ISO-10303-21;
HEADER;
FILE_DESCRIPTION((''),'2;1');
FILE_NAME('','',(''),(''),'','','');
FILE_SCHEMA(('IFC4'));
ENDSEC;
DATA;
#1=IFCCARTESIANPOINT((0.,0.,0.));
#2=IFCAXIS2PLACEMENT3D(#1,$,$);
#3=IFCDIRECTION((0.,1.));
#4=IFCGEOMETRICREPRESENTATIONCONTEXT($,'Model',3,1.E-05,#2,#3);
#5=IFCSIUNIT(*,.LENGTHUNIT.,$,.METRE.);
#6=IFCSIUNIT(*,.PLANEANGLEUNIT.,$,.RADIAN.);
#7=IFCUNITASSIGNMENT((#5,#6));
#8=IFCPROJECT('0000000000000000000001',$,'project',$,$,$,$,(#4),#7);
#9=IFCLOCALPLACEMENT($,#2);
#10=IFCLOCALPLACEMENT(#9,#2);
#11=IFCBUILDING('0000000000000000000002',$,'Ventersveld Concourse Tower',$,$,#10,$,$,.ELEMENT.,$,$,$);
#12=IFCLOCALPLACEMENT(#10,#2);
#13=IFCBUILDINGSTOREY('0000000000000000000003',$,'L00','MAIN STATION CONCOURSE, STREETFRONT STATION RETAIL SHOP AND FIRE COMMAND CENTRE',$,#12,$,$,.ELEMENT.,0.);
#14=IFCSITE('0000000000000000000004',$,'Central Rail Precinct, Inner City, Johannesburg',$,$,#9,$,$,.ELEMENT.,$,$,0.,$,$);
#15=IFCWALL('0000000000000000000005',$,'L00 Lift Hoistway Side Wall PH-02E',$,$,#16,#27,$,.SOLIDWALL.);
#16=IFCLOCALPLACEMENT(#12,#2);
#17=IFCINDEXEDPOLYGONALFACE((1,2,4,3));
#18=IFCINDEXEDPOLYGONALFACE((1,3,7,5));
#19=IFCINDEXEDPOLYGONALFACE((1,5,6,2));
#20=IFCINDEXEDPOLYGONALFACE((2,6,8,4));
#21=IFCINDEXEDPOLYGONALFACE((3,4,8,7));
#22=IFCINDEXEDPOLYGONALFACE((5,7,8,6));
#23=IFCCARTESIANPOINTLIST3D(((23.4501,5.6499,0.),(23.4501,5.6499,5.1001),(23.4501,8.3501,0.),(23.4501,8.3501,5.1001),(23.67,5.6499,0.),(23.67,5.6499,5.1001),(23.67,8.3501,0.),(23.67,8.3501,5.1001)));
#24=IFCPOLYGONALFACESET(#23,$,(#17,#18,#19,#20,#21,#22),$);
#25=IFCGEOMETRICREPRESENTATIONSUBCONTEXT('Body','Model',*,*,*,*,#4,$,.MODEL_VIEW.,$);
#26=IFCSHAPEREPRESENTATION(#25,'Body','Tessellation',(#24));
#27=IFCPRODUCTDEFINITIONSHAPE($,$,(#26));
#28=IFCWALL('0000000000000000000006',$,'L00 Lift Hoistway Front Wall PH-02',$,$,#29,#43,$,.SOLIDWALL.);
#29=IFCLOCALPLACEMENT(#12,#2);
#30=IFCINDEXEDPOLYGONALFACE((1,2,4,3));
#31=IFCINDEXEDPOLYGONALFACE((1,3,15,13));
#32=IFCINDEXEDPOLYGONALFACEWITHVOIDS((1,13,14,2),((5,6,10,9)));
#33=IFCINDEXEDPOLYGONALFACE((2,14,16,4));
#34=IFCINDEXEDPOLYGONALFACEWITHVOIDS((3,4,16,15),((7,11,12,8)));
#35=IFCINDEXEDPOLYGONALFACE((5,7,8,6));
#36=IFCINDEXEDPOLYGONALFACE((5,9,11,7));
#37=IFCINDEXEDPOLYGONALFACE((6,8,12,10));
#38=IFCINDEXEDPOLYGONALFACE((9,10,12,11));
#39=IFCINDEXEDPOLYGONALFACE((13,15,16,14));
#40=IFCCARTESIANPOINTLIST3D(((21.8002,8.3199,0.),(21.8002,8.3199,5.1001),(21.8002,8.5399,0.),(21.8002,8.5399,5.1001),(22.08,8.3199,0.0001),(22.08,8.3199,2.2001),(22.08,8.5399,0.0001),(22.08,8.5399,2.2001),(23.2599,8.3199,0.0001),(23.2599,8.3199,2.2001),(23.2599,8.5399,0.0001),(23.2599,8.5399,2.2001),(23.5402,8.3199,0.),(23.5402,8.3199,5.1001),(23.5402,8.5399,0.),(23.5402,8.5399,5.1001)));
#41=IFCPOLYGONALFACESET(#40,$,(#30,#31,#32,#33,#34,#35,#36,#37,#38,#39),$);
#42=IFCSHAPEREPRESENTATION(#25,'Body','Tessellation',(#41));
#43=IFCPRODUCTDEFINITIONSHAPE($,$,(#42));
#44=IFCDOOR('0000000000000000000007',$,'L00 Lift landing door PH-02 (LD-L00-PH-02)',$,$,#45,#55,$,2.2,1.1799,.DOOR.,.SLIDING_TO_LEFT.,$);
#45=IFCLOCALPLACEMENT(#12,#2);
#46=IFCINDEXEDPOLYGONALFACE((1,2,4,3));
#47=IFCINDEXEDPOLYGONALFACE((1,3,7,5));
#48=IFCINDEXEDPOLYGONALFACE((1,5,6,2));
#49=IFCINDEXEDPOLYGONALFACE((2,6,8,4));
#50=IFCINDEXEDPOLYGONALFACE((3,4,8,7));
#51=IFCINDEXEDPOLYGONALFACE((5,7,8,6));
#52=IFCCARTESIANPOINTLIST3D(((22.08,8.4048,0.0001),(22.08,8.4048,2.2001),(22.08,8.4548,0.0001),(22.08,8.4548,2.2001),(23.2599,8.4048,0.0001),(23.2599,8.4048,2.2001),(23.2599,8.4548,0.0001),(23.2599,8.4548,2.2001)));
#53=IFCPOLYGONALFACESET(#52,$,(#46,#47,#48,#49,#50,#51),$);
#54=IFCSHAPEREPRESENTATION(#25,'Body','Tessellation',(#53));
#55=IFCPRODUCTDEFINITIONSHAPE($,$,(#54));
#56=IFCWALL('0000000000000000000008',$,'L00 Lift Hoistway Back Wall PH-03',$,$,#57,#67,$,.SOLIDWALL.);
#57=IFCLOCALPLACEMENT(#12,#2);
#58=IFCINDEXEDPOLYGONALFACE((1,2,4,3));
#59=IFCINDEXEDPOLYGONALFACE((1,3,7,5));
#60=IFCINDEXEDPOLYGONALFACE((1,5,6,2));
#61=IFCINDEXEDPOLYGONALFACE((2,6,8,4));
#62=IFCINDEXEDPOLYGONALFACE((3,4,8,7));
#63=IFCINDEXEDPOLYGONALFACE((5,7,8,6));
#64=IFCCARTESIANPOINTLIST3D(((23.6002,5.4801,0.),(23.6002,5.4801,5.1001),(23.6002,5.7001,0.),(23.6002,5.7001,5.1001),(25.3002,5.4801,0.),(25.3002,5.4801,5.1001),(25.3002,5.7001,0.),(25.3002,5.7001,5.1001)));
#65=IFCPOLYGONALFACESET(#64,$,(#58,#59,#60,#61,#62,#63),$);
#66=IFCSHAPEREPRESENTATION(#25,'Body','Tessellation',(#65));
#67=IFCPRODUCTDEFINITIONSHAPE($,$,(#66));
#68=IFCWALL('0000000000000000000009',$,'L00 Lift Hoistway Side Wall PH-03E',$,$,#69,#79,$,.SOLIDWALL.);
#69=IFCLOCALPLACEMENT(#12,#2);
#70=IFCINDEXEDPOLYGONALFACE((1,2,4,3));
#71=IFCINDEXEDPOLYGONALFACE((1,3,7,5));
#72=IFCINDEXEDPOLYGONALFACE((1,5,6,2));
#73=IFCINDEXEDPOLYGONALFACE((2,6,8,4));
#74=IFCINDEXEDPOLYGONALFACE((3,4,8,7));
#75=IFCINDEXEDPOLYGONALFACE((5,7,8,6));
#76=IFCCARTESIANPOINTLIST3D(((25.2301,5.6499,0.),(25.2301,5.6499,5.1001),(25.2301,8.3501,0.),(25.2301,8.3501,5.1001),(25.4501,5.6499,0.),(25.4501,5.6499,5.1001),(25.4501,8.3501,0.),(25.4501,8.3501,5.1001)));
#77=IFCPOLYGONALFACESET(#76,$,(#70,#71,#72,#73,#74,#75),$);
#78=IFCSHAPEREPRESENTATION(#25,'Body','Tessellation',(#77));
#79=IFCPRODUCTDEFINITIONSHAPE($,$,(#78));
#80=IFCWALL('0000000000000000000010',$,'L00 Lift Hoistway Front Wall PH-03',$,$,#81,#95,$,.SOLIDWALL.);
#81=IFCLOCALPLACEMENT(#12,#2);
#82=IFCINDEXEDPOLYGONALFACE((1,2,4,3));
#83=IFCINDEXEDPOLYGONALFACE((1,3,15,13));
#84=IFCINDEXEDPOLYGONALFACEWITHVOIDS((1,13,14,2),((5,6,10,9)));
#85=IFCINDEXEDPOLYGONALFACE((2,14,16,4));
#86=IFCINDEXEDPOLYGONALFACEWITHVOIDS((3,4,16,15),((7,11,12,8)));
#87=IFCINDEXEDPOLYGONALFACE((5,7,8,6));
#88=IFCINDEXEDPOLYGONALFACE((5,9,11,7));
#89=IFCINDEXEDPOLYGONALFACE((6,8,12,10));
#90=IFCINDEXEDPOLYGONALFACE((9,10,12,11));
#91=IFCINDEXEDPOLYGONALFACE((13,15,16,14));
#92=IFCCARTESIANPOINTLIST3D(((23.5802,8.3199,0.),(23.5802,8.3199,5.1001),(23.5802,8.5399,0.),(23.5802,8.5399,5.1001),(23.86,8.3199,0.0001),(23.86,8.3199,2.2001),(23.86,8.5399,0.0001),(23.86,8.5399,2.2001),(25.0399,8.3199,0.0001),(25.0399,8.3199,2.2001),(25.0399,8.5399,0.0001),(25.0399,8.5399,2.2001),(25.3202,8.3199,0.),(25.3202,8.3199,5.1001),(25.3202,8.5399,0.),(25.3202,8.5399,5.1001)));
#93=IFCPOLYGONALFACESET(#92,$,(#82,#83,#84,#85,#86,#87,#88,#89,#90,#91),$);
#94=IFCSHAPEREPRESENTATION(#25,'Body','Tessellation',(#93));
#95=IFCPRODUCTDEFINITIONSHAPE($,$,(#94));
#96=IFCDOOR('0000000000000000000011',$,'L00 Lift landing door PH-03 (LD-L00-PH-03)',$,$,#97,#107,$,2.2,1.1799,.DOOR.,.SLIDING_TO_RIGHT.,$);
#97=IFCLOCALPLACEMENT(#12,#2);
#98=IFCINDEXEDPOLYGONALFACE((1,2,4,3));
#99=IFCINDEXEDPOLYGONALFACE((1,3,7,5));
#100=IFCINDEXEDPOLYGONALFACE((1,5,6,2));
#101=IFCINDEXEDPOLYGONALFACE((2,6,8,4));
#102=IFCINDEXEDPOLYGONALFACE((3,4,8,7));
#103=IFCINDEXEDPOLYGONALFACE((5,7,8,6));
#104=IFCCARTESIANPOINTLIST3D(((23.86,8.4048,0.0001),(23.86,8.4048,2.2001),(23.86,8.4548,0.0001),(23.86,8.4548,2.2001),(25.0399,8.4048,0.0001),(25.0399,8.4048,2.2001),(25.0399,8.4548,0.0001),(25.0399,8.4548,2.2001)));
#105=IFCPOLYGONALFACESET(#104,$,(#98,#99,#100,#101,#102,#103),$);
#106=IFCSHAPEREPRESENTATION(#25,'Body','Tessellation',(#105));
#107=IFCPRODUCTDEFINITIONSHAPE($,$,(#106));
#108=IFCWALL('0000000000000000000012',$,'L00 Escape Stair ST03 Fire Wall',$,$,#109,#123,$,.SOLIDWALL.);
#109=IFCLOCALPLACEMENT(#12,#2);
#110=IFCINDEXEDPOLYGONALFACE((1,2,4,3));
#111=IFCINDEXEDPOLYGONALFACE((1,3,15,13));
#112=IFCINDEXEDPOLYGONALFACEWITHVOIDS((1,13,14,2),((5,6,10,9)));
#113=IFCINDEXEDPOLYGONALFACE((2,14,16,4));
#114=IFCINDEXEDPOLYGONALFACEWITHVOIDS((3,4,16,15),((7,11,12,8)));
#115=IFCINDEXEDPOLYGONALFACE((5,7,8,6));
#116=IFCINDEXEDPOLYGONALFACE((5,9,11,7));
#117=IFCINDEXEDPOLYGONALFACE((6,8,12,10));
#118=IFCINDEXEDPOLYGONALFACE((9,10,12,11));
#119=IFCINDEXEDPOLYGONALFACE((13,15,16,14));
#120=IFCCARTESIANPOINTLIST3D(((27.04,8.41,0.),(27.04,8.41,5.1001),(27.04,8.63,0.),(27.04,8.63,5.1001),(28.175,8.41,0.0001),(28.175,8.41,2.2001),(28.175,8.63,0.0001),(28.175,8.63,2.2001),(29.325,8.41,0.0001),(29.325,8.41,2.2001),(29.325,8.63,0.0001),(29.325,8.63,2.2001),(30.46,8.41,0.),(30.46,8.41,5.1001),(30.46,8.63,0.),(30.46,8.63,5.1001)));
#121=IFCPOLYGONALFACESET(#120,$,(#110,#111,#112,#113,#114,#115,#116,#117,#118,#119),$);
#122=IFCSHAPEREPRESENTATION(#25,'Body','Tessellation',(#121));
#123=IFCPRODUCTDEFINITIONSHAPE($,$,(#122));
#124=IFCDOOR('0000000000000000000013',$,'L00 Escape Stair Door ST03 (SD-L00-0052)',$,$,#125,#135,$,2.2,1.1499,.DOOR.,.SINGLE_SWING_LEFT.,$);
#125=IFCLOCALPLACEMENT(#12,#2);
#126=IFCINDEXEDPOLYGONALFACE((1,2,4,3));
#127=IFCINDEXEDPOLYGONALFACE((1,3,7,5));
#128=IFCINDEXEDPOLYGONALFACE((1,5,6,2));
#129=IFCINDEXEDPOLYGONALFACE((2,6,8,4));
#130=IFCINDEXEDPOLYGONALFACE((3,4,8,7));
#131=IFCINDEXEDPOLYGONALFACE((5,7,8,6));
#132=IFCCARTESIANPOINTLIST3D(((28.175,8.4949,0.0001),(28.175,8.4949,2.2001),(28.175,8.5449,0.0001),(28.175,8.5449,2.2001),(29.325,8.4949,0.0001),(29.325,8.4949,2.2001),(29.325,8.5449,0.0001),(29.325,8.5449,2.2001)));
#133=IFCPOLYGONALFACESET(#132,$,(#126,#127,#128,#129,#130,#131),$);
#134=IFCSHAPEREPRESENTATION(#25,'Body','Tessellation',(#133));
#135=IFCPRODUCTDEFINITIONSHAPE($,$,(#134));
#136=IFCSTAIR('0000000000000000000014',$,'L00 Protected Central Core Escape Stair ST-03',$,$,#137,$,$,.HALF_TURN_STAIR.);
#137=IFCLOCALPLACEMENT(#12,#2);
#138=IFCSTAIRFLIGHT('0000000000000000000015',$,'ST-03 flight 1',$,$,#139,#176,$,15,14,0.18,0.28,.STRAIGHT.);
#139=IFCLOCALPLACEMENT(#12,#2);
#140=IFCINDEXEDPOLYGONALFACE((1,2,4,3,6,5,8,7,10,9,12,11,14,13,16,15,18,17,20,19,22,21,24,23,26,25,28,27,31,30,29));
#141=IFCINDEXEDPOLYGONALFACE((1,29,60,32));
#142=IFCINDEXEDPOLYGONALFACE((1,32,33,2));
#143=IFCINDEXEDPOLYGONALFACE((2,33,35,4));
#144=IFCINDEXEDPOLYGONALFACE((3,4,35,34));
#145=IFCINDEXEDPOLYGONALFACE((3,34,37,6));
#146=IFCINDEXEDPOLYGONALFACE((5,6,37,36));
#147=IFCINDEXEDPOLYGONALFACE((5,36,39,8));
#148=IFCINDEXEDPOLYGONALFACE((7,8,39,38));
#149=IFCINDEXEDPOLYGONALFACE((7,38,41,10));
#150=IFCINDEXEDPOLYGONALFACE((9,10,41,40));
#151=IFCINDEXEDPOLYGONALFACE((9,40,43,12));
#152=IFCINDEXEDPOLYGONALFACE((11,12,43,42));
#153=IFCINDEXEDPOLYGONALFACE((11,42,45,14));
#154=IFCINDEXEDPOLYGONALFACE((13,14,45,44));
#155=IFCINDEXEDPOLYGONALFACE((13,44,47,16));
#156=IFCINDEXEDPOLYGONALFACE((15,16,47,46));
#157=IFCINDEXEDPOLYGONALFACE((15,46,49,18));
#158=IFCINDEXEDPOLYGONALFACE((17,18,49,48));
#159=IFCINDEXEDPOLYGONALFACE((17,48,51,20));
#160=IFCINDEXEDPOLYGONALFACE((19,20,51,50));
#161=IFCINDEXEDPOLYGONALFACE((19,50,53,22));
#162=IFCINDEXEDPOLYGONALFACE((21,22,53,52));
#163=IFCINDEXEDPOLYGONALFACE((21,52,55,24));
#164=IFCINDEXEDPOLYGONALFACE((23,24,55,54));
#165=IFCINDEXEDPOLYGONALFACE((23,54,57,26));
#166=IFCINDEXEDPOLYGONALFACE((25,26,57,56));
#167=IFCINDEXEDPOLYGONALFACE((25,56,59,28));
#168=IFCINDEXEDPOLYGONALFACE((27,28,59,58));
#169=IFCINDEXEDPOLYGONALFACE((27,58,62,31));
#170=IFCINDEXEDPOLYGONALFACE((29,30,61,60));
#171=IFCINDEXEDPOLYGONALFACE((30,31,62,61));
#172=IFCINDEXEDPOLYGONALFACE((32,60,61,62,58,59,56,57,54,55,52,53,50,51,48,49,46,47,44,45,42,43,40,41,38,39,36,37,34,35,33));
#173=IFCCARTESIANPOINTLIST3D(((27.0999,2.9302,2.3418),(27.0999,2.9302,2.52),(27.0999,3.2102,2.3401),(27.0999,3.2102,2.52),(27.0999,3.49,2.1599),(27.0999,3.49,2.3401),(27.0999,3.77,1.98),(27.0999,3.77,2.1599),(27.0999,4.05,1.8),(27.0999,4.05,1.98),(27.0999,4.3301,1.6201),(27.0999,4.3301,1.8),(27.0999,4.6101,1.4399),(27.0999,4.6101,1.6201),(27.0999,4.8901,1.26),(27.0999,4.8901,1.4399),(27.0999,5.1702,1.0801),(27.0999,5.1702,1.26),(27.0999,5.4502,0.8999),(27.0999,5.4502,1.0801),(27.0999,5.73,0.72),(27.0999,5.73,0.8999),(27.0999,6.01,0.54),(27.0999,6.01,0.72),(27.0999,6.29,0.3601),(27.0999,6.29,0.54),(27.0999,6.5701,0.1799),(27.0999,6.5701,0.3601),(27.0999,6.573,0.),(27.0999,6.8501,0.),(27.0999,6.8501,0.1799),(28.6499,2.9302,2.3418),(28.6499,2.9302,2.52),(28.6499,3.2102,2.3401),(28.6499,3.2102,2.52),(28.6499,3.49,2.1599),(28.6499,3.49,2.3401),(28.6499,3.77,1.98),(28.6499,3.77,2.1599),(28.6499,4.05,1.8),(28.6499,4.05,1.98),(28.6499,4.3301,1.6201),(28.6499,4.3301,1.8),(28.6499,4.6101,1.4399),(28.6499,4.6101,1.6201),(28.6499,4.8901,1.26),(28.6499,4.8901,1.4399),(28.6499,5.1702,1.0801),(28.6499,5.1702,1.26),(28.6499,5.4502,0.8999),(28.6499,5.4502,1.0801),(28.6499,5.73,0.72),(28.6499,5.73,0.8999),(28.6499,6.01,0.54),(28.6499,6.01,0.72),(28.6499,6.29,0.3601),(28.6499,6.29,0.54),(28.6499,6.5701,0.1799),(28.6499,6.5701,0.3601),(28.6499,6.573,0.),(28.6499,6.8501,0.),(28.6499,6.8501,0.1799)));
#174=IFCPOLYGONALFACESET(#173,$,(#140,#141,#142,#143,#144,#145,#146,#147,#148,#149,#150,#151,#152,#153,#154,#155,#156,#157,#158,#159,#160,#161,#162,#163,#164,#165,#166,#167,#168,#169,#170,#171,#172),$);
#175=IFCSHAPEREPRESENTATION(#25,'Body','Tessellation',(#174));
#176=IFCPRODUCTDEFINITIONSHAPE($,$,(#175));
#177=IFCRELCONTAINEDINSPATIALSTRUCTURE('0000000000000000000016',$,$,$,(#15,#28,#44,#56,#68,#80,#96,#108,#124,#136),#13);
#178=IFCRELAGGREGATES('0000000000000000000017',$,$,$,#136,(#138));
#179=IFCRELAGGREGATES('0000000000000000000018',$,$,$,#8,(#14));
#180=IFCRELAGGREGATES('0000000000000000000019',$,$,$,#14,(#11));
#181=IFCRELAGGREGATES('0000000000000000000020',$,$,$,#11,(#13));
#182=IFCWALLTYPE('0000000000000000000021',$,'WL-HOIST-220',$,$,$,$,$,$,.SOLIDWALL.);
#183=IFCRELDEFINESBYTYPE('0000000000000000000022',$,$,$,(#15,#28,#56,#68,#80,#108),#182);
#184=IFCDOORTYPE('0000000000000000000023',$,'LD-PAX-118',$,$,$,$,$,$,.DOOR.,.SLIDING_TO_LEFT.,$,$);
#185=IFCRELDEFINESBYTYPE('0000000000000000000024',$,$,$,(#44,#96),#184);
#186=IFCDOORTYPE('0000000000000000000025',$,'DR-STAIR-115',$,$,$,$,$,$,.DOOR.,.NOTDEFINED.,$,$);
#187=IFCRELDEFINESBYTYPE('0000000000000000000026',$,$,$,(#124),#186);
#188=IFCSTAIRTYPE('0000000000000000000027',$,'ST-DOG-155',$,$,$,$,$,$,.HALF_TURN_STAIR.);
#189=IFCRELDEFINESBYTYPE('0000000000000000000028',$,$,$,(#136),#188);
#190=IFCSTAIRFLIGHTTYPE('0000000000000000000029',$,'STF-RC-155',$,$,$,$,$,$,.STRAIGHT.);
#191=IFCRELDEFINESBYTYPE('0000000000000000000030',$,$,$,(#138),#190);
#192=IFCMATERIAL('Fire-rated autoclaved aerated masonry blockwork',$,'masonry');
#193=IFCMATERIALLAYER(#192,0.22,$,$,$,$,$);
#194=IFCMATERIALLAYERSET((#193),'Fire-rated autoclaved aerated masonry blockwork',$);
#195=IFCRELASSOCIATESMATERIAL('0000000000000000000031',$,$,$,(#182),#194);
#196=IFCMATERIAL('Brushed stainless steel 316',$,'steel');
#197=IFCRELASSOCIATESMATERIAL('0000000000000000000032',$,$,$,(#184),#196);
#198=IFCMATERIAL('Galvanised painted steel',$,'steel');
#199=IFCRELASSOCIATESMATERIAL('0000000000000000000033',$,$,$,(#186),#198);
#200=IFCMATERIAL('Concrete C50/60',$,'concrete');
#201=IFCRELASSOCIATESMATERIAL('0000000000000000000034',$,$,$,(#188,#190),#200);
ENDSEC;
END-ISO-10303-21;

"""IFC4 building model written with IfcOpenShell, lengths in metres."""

from ifc_helpers import new_model, si_unit, direction, frame, frame_2d, origin, place, context, subcontext, project, spatial, polyline, rectangle, outline, extrude, material, layer, layer_set, type_object, element, fill, aggregate, save


model = new_model("IFC4")

# Units and contexts
model_context = context("Model", 3, precision=1e-05, world=origin(), true_north=direction((0.0, 1.0)))
body_context = subcontext(model_context, "Body", "Model", "MODEL_VIEW")
ifc_project = project(units=[si_unit("LENGTHUNIT", "METRE"), si_unit("PLANEANGLEUNIT", "RADIAN")], contexts=[model_context])

# Site, building, storey
site_placement = place(None, origin())
site = spatial("IfcSite", under=ifc_project, at=site_placement, Name="Central Rail Precinct, Inner City, Johannesburg", CompositionType="ELEMENT", RefElevation=0.0)
building_placement = place(site_placement, origin())
building = spatial("IfcBuilding", under=site, at=building_placement, Name="Ventersveld Concourse Tower", CompositionType="ELEMENT")
storey_placement = place(building_placement, origin())
storey = spatial("IfcBuildingStorey", under=building, at=storey_placement, Name="L00", Description="MAIN STATION CONCOURSE, STREETFRONT STATION RETAIL SHOP AND FIRE COMMAND CENTRE", CompositionType="ELEMENT", Elevation=0.0)

# Shared definitions
ifc_material_1 = material(Name="Fire-rated autoclaved aerated masonry blockwork", Category="masonry")
ifc_layer_1 = layer(ifc_material_1, 0.22)
ifc_layer_set_1 = layer_set([ifc_layer_1], Name="Fire-rated autoclaved aerated masonry blockwork")
wall_type_1 = type_object("IfcWallType", Name="WL-HOIST-220", PredefinedType="SOLIDWALL", material=ifc_layer_set_1)

# Shared definitions
ifc_material_2 = material(Name="Brushed stainless steel 316", Category="steel")
door_type_1 = type_object("IfcDoorType", Name="LD-PAX-118", OperationType="SLIDING_TO_LEFT", PredefinedType="DOOR", material=ifc_material_2)

# Wall
wall_1_placement = place(storey_placement, frame((23.5601, 5.6499, 0.0), z_axis=(0.0, 0.0, 1.0), x_axis=(0.0, 1.0, 0.0)))
element("IfcWall", 1, at=wall_1_placement, inside=storey, type_object=wall_type_1, Name="L00 Lift Hoistway Side Wall PH-02E", PredefinedType="SOLIDWALL", context=body_context, shape_type="SweptSolid", body=[
    extrude(rectangle(XDim=2.7002, YDim=0.22, at=frame_2d((1.3501, 0.0))), origin(), (0.0, 0.0, 1.0), 5.1001),
])

# Wall, opening, door
wall_2_placement = place(storey_placement, frame((21.8, 8.4299, 0.0), z_axis=(0.0, 0.0, 1.0), x_axis=(1.0, 0.0, 0.0)))
wall_2 = element("IfcWall", 2, at=wall_2_placement, inside=storey, type_object=wall_type_1, Name="L00 Lift Hoistway Front Wall PH-02", PredefinedType="SOLIDWALL", context=body_context, shape_type="SweptSolid", body=[
    extrude(rectangle(XDim=1.74, YDim=0.22, at=frame_2d((0.8701, 0.0))), origin(), (0.0, 0.0, 1.0), 5.1001),
])
opening_1_placement = place(wall_2_placement, frame((0.28, 0.0, 0.0)))
opening_1 = element("IfcOpeningElement", 3, at=opening_1_placement, cuts=wall_2, PredefinedType="OPENING", context=body_context, shape_type="SweptSolid", body=[
    extrude(rectangle(XDim=1.1799, YDim=2.2, at=frame_2d((0.5898, 1.1001))), frame((0.0, 0.1201, 0.0), z_axis=(0.0, -1.0, 0.0), x_axis=(1.0, 0.0, 0.0)), (0.0, 0.0, 1.0), 0.24),
])
door_1_placement = place(opening_1_placement, origin())
door_1 = element("IfcDoor", 4, at=door_1_placement, inside=storey, type_object=door_type_1, Name="L00 Lift landing door PH-02 (LD-L00-PH-02)", OperationType="SLIDING_TO_LEFT", OverallHeight=2.2, OverallWidth=1.1799, PredefinedType="DOOR", context=body_context, shape_type="SweptSolid", body=[
    extrude(rectangle(XDim=1.1799, YDim=2.2, at=frame_2d((0.5898, 1.1001))), frame((0.0, 0.0249, 0.0), z_axis=(0.0, -1.0, 0.0), x_axis=(1.0, 0.0, 0.0)), (0.0, 0.0, 1.0), 0.05),
])
fill(opening_1, door_1)

# Walls
wall_3_placement = place(storey_placement, frame((23.6001, 5.5901, 0.0), z_axis=(0.0, 0.0, 1.0), x_axis=(1.0, 0.0, 0.0)))
element("IfcWall", 5, at=wall_3_placement, inside=storey, type_object=wall_type_1, Name="L00 Lift Hoistway Back Wall PH-03", PredefinedType="SOLIDWALL", context=body_context, shape_type="SweptSolid", body=[
    extrude(rectangle(XDim=1.7, YDim=0.22, at=frame_2d((0.8501, 0.0))), origin(), (0.0, 0.0, 1.0), 5.1001),
])
wall_4_placement = place(storey_placement, frame((25.3401, 5.6499, 0.0), z_axis=(0.0, 0.0, 1.0), x_axis=(0.0, 1.0, 0.0)))
element("IfcWall", 6, at=wall_4_placement, inside=storey, type_object=wall_type_1, Name="L00 Lift Hoistway Side Wall PH-03E", PredefinedType="SOLIDWALL", context=body_context, shape_type="SweptSolid", body=[
    extrude(rectangle(XDim=2.7002, YDim=0.22, at=frame_2d((1.3501, 0.0))), origin(), (0.0, 0.0, 1.0), 5.1001),
])

# Walls, openings, doors
wall_5_placement = place(storey_placement, frame((23.5801, 8.4299, 0.0), z_axis=(0.0, 0.0, 1.0), x_axis=(1.0, 0.0, 0.0)))
wall_5 = element("IfcWall", 7, at=wall_5_placement, inside=storey, type_object=wall_type_1, Name="L00 Lift Hoistway Front Wall PH-03", PredefinedType="SOLIDWALL", context=body_context, shape_type="SweptSolid", body=[
    extrude(rectangle(XDim=1.74, YDim=0.22, at=frame_2d((0.8701, 0.0))), origin(), (0.0, 0.0, 1.0), 5.1001),
])
opening_2_placement = place(wall_5_placement, frame((0.28, 0.0, 0.0)))
opening_2 = element("IfcOpeningElement", 8, at=opening_2_placement, cuts=wall_5, PredefinedType="OPENING", context=body_context, shape_type="SweptSolid", body=[
    extrude(rectangle(XDim=1.1799, YDim=2.2, at=frame_2d((0.5898, 1.1001))), frame((0.0, 0.1201, 0.0), z_axis=(0.0, -1.0, 0.0), x_axis=(1.0, 0.0, 0.0)), (0.0, 0.0, 1.0), 0.24),
])
door_2_placement = place(opening_2_placement, origin())
door_2 = element("IfcDoor", 9, at=door_2_placement, inside=storey, type_object=door_type_1, Name="L00 Lift landing door PH-03 (LD-L00-PH-03)", OperationType="SLIDING_TO_RIGHT", OverallHeight=2.2, OverallWidth=1.1799, PredefinedType="DOOR", context=body_context, shape_type="SweptSolid", body=[
    extrude(rectangle(XDim=1.1799, YDim=2.2, at=frame_2d((0.5898, 1.1001))), frame((0.0, 0.0249, 0.0), z_axis=(0.0, -1.0, 0.0), x_axis=(1.0, 0.0, 0.0)), (0.0, 0.0, 1.0), 0.05),
])
fill(opening_2, door_2)
wall_6_placement = place(storey_placement, frame((27.04, 8.52, 0.0), z_axis=(0.0, 0.0, 1.0), x_axis=(1.0, 0.0, 0.0)))
wall_6 = element("IfcWall", 10, at=wall_6_placement, inside=storey, type_object=wall_type_1, Name="L00 Escape Stair ST03 Fire Wall", PredefinedType="SOLIDWALL", context=body_context, shape_type="SweptSolid", body=[
    extrude(rectangle(XDim=3.4199, YDim=0.22, at=frame_2d((1.71, 0.0))), origin(), (0.0, 0.0, 1.0), 5.1001),
])
opening_3_placement = place(wall_6_placement, frame((1.135, 0.0, 0.0)))
opening_3 = element("IfcOpeningElement", 11, at=opening_3_placement, cuts=wall_6, PredefinedType="OPENING", context=body_context, shape_type="SweptSolid", body=[
    extrude(rectangle(XDim=1.1499, YDim=2.2, at=frame_2d((0.575, 1.1001))), frame((0.0, 0.1201, 0.0), z_axis=(0.0, -1.0, 0.0), x_axis=(1.0, 0.0, 0.0)), (0.0, 0.0, 1.0), 0.24),
])
ifc_material_3 = material(Name="Galvanised painted steel", Category="steel")
door_type_2 = type_object("IfcDoorType", Name="DR-STAIR-115", OperationType="NOTDEFINED", PredefinedType="DOOR", material=ifc_material_3)
door_3_placement = place(opening_3_placement, origin())
door_3 = element("IfcDoor", 12, at=door_3_placement, inside=storey, type_object=door_type_2, Name="L00 Escape Stair Door ST03 (SD-L00-0052)", OperationType="SINGLE_SWING_LEFT", OverallHeight=2.2, OverallWidth=1.1499, PredefinedType="DOOR", context=body_context, shape_type="SweptSolid", body=[
    extrude(rectangle(XDim=1.1499, YDim=2.2, at=frame_2d((0.575, 1.1001))), frame((0.0, 0.0249, 0.0), z_axis=(0.0, -1.0, 0.0), x_axis=(1.0, 0.0, 0.0)), (0.0, 0.0, 1.0), 0.05),
])
fill(opening_3, door_3)

# Stair, stair flight
ifc_material_4 = material(Name="Concrete C50/60", Category="concrete")
stair_type = type_object("IfcStairType", Name="ST-DOG-155", PredefinedType="HALF_TURN_STAIR", material=ifc_material_4)
stair_placement = place(storey_placement, origin())
stair = element("IfcStair", 13, at=stair_placement, inside=storey, type_object=stair_type, Name="L00 Protected Central Core Escape Stair ST-03", PredefinedType="HALF_TURN_STAIR")
stair_flight_type = type_object("IfcStairFlightType", Name="STF-RC-155", PredefinedType="STRAIGHT", material=ifc_material_4)
stair_flight_placement = place(storey_placement, frame((27.875, 6.8501, 0.0), z_axis=(0.0, 0.0, 1.0), x_axis=(0.0, -1.0, 0.0)))
stair_flight = element("IfcStairFlight", 14, at=stair_flight_placement, type_object=stair_flight_type, Name="ST-03 flight 1", NumberOfRisers=15, NumberOfTreads=14, PredefinedType="STRAIGHT", RiserHeight=0.18, TreadLength=0.28, context=body_context, shape_type="SweptSolid", body=[
    extrude(outline(polyline([(0.0, 0.0), (0.0, 0.1799), (0.28, 0.1799), (0.28, 0.3601), (0.5601, 0.3601), (0.5601, 0.54), (0.8401, 0.54), (0.8401, 0.72), (1.1201, 0.72), (1.1201, 0.8999), (1.3999, 0.8999), (1.3999, 1.0801), (1.6799, 1.0801), (1.6799, 1.26), (1.96, 1.26), (1.96, 1.4399), (2.24, 1.4399), (2.24, 1.6201), (2.52, 1.6201), (2.52, 1.8), (2.8, 1.8), (2.8, 1.98), (3.0801, 1.98), (3.0801, 2.1599), (3.3601, 2.1599), (3.3601, 2.3401), (3.6399, 2.3401), (3.6399, 2.52), (3.9199, 2.52), (3.9199, 2.7), (3.9199, 2.3418), (0.2771, 0.0), (0.0, 0.0)])), frame((0.0, 0.7749, 0.0), z_axis=(0.0, -1.0, 0.0), x_axis=(1.0, 0.0, 0.0)), (0.0, 0.0, 1.0), 1.55),
])
aggregate(stair, [stair_flight])

save(model, "model.ifc")
